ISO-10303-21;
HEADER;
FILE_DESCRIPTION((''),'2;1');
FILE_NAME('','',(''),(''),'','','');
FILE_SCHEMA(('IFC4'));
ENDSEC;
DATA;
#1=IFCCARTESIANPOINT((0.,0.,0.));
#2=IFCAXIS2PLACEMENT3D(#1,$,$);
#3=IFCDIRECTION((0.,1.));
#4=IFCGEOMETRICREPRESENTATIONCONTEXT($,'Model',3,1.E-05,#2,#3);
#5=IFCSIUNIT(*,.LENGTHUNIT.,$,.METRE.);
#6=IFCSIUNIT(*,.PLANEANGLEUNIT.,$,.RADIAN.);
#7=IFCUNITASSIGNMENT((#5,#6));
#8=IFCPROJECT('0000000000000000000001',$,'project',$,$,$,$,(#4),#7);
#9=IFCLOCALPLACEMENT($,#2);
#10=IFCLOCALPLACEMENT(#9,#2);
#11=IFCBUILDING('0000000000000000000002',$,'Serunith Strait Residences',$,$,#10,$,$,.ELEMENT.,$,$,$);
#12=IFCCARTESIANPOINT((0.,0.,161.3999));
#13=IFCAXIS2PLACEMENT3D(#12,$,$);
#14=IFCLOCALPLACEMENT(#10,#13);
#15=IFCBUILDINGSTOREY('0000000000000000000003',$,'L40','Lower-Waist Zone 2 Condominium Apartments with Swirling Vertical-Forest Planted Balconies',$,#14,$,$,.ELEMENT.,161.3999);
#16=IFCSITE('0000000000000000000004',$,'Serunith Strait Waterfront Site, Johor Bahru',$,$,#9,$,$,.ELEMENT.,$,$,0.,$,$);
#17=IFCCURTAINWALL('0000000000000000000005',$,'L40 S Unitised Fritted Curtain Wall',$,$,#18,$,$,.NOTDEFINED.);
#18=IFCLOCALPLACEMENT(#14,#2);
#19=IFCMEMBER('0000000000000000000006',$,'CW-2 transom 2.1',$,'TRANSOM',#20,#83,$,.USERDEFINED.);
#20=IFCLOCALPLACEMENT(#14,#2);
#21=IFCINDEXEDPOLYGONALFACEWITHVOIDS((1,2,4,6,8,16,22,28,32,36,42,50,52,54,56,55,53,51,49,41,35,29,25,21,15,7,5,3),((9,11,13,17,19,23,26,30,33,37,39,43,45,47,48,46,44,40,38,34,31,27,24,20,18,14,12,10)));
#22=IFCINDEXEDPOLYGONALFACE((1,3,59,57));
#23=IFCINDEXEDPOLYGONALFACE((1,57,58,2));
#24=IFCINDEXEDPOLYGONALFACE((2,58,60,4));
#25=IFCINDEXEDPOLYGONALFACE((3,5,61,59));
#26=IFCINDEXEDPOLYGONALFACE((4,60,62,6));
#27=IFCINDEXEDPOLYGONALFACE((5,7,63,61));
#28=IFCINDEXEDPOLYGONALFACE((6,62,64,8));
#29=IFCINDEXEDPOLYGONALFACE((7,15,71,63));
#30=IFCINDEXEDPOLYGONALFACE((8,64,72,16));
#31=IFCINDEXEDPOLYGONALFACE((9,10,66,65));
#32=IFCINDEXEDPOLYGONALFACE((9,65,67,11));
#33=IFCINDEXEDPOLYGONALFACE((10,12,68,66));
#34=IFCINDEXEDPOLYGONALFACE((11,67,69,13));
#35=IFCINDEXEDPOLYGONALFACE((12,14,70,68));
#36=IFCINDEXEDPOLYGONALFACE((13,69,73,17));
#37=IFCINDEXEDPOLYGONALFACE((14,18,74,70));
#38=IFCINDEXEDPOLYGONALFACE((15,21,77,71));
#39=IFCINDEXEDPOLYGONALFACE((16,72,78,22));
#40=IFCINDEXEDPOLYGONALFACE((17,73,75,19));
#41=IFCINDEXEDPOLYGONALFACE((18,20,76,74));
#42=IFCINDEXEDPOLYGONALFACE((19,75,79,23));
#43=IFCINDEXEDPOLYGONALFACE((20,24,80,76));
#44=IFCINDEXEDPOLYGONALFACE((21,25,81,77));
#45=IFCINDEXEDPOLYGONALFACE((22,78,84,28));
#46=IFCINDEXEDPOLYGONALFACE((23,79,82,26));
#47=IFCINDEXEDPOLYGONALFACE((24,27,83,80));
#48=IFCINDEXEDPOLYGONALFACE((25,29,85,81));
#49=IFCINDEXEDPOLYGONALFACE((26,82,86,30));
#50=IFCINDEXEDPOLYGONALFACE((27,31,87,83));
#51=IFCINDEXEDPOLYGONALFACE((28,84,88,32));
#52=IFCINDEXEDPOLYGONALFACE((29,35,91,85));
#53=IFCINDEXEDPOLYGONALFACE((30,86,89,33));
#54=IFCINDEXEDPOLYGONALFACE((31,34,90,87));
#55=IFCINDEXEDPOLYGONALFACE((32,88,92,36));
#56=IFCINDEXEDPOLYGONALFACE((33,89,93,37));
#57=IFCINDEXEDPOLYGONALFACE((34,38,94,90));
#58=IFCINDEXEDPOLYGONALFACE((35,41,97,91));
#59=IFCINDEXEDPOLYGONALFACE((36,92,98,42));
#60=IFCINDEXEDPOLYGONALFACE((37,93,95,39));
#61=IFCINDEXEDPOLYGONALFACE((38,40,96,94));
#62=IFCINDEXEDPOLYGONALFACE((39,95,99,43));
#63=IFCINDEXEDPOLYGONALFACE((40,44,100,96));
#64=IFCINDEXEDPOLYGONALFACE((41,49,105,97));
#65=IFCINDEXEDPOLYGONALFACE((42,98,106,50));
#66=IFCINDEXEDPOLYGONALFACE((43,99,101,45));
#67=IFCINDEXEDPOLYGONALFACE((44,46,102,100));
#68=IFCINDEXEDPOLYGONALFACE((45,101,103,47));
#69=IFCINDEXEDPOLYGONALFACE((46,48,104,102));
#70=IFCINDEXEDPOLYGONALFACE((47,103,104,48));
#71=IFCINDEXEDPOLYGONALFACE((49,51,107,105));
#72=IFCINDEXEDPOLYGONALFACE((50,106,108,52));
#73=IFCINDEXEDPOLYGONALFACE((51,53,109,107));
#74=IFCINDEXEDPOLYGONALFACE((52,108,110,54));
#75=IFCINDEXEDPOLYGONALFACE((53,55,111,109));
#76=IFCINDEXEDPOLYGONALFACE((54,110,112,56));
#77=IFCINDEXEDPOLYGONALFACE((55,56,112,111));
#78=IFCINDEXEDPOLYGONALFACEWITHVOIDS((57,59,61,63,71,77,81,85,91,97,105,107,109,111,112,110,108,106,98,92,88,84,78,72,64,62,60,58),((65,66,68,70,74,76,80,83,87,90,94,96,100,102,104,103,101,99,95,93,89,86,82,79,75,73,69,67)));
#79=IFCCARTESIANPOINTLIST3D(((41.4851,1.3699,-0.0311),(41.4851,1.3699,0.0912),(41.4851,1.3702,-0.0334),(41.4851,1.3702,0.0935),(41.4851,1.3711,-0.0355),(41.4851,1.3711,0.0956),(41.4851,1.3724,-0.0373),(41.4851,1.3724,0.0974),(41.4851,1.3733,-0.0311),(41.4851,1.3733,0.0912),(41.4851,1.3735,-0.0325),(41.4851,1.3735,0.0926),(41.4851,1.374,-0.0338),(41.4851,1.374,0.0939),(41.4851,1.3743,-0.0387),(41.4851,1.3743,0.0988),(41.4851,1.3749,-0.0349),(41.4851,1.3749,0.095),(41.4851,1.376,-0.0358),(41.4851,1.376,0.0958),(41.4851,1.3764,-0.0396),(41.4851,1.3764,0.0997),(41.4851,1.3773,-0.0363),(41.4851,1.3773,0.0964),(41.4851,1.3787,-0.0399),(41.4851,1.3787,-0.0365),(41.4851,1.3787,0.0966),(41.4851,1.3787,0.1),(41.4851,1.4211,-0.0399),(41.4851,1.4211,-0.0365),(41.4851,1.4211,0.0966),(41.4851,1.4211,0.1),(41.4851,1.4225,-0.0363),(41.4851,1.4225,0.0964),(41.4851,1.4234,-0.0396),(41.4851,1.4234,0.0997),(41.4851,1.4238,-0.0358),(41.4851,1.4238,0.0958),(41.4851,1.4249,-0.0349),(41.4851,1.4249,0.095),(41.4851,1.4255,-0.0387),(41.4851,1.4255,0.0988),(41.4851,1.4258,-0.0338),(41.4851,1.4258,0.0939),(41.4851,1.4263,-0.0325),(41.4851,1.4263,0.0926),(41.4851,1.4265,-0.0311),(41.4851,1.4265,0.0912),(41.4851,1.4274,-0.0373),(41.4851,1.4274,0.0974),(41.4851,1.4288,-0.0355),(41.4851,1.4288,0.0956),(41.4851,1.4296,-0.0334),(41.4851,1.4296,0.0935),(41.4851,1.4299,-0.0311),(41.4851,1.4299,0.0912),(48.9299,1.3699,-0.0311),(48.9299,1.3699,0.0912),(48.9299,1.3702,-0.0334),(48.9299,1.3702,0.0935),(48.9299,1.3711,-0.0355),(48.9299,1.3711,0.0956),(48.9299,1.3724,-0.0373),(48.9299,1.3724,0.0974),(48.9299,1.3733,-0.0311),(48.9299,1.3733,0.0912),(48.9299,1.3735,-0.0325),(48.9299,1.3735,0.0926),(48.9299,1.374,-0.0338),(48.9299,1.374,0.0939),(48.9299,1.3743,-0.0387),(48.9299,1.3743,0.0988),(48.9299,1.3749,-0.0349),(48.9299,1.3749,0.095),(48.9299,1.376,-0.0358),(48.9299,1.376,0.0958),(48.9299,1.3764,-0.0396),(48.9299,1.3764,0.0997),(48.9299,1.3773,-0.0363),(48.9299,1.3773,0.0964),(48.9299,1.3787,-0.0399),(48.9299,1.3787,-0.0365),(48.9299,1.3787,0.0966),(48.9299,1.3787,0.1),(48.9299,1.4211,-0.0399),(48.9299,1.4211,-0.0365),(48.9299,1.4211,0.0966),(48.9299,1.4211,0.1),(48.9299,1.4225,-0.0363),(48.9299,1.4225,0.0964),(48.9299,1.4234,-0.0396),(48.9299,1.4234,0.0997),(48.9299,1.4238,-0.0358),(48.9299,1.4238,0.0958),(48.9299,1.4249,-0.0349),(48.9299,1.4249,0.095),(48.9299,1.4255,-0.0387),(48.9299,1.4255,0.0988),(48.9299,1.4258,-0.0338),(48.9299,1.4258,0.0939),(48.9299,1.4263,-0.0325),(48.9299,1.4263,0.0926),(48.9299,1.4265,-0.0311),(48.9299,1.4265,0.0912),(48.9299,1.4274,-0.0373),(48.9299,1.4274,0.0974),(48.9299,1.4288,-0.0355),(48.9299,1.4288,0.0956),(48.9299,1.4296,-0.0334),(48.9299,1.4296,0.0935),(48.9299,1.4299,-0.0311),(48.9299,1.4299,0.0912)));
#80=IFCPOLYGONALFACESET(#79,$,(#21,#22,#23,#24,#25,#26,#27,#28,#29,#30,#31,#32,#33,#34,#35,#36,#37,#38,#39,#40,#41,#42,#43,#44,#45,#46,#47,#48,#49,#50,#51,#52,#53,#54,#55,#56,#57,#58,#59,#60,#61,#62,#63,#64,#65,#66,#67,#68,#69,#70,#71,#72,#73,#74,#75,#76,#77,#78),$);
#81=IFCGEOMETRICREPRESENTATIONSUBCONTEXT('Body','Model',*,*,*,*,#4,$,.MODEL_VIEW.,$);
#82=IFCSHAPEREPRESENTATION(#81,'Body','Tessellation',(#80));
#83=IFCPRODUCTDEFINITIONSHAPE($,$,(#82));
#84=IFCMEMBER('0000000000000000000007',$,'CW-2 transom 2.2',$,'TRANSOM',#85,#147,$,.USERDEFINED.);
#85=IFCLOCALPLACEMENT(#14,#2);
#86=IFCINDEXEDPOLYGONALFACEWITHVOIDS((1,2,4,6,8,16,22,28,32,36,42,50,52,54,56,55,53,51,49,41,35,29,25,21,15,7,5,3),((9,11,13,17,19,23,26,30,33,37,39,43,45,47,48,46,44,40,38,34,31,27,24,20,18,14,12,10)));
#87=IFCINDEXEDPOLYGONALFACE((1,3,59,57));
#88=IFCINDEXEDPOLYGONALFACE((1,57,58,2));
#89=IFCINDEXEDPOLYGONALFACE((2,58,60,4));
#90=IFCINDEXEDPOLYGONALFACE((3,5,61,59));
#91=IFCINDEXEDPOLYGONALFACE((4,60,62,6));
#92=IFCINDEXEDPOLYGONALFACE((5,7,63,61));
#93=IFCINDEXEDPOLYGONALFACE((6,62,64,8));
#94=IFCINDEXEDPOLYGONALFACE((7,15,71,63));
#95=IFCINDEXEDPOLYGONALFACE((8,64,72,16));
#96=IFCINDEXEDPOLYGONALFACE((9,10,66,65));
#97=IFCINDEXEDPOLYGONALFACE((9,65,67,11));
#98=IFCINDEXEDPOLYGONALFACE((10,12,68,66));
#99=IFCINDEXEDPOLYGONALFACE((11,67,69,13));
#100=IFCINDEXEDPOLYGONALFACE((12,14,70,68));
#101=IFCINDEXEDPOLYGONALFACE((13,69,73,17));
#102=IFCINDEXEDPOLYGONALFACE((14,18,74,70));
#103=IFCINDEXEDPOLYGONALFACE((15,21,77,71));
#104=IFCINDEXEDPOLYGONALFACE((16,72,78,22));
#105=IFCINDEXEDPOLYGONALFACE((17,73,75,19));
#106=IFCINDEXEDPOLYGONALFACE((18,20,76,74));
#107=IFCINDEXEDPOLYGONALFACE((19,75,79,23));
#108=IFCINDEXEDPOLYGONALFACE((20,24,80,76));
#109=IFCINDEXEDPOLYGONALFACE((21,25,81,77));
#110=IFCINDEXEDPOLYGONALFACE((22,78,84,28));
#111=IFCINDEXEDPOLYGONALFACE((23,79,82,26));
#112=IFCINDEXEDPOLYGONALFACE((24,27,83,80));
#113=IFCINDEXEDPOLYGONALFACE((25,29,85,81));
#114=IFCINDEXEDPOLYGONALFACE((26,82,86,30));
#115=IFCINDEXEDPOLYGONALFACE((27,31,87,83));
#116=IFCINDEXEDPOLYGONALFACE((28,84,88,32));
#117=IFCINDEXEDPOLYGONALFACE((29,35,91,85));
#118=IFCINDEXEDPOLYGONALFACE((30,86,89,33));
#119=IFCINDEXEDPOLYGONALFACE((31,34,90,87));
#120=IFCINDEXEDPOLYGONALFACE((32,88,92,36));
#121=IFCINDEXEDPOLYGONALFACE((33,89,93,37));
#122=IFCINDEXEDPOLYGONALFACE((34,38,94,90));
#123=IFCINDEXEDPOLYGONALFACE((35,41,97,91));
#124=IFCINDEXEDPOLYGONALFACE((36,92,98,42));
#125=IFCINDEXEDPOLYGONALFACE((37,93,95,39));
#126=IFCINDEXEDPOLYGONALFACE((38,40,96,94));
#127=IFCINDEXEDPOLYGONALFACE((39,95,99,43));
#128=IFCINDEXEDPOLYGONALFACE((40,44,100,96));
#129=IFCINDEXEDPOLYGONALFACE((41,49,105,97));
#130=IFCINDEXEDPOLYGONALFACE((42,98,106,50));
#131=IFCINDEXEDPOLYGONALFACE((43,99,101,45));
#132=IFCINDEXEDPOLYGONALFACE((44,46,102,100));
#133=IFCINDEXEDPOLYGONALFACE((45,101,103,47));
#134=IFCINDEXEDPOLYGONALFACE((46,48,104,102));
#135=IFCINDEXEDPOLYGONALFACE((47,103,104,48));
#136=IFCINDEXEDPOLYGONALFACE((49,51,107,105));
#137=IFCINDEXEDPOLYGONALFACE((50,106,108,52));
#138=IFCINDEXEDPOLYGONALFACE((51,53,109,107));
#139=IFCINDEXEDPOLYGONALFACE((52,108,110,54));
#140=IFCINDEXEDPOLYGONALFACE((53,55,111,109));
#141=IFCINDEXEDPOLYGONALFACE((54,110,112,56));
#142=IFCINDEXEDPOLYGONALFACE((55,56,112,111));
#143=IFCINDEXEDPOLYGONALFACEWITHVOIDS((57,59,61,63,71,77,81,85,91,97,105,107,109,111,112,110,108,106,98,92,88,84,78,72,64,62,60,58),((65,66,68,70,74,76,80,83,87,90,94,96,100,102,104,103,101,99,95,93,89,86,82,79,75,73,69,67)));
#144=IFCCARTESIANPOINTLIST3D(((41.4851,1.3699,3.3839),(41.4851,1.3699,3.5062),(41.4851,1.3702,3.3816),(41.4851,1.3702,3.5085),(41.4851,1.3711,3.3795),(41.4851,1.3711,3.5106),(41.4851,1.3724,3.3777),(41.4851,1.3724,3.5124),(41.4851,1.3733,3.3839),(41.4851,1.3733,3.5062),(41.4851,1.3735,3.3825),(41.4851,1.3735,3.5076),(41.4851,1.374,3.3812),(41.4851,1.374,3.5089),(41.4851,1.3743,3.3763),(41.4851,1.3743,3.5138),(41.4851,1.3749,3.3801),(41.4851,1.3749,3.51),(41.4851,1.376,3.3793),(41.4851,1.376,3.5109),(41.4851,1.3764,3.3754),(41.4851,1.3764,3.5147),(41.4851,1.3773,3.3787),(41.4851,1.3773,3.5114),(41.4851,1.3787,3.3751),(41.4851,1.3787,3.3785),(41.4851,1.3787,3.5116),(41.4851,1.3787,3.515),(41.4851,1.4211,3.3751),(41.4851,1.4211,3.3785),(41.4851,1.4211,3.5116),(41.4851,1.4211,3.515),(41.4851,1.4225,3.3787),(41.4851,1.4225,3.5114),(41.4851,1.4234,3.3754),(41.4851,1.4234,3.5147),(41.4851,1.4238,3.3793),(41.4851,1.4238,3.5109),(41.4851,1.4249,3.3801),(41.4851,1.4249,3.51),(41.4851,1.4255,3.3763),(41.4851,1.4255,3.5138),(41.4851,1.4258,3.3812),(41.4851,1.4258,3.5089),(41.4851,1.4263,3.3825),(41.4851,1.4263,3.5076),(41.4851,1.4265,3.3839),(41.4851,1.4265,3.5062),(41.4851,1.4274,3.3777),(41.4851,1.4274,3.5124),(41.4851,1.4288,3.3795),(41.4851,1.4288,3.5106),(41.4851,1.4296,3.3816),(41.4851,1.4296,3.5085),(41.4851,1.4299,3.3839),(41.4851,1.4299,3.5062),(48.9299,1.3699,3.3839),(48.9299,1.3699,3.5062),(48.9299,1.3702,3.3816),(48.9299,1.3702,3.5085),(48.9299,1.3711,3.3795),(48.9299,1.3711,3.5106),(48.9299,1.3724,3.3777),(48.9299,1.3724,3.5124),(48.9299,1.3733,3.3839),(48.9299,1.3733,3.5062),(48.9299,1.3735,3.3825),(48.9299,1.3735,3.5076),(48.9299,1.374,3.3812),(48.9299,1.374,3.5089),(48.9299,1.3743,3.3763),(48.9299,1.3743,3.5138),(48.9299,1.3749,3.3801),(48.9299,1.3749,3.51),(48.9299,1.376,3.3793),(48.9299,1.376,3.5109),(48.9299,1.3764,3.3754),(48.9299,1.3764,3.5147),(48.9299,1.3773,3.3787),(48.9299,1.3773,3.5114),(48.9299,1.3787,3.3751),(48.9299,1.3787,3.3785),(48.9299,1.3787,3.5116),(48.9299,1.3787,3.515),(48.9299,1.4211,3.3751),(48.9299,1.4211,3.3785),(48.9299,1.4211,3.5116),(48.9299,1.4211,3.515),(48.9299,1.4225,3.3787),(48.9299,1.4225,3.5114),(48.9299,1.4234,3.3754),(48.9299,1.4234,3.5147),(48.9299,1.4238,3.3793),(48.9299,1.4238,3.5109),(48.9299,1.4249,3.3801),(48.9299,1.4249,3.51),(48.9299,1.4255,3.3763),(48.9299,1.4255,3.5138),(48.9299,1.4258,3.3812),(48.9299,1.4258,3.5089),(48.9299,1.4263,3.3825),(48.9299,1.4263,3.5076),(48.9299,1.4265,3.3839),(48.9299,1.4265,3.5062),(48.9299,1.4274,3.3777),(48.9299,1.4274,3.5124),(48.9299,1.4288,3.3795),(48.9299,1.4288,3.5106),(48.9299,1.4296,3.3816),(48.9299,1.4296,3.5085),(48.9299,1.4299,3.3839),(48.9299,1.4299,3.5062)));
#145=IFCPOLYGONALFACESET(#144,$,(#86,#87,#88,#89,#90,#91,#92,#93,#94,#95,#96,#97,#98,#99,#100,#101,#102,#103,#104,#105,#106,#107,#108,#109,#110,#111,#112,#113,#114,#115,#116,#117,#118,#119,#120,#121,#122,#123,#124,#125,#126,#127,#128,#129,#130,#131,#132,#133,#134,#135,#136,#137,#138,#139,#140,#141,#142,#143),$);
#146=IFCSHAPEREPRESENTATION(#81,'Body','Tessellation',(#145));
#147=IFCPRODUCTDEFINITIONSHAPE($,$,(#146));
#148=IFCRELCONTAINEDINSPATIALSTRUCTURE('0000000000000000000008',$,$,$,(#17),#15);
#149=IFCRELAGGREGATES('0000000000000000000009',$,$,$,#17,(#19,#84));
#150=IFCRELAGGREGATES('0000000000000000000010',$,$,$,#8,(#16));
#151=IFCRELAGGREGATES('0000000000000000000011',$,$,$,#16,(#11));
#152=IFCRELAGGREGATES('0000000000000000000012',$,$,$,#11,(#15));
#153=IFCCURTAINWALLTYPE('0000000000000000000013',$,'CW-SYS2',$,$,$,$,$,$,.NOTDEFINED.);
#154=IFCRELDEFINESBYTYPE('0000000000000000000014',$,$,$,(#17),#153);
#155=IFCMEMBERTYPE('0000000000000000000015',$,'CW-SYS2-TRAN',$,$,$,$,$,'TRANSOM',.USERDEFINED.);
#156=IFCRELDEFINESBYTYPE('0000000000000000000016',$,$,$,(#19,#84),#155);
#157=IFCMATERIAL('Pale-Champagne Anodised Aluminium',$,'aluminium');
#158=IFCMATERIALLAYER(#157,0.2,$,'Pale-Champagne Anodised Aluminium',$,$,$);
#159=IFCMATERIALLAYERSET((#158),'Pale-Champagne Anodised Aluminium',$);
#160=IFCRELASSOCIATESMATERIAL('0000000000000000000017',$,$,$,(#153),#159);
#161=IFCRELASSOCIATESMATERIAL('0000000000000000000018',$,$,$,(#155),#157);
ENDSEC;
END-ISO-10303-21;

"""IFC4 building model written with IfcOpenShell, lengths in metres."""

from ifc_helpers import new_model, si_unit, direction, frame, origin, origin_2d, place, context, subcontext, project, spatial, hollow_rectangle, extrude, source, transform, mapped, material, layer, layer_set, material_profile, profile_set, type_object, element, aggregate, save


model = new_model("IFC4")

# Units and contexts
model_context = context("Model", 3, precision=1e-05, world=origin(), true_north=direction((0.0, 1.0)))
body_context = subcontext(model_context, "Body", "Model", "MODEL_VIEW")
ifc_project = project(units=[si_unit("LENGTHUNIT", "METRE"), si_unit("PLANEANGLEUNIT", "RADIAN")], contexts=[model_context])

# Site, building, storey
site_placement = place(None, origin())
site = spatial("IfcSite", under=ifc_project, at=site_placement, Name="Serunith Strait Waterfront Site, Johor Bahru", CompositionType="ELEMENT", RefElevation=0.0)
building_placement = place(site_placement, origin())
building = spatial("IfcBuilding", under=site, at=building_placement, Name="Serunith Strait Residences", CompositionType="ELEMENT")
storey_placement = place(building_placement, frame((0.0, 0.0, 161.3999)))
storey = spatial("IfcBuildingStorey", under=building, at=storey_placement, Name="L40", Description="Lower-Waist Zone 2 Condominium Apartments with Swirling Vertical-Forest Planted Balconies", CompositionType="ELEMENT", Elevation=161.3999)

# Curtain wall, members
ifc_material_1 = material(Name="Pale-Champagne Anodised Aluminium", Category="aluminium")
ifc_layer_1 = layer(ifc_material_1, 0.2, Name="Pale-Champagne Anodised Aluminium")
ifc_layer_set_1 = layer_set([ifc_layer_1], Name="Pale-Champagne Anodised Aluminium")
curtain_wall_type = type_object("IfcCurtainWallType", Name="CW-SYS2", PredefinedType="NOTDEFINED", material=ifc_layer_set_1)
curtain_wall_placement = place(storey_placement, origin())
curtain_wall = element("IfcCurtainWall", 1, at=curtain_wall_placement, inside=storey, type_object=curtain_wall_type, Name="L40 S Unitised Fritted Curtain Wall", PredefinedType="NOTDEFINED")
ifc_material_profile_1 = material_profile(ifc_material_1, hollow_rectangle(XDim=0.0601, YDim=0.1399, WallThickness=0.0034, InnerFilletRadius=0.0054, OuterFilletRadius=0.0088, at=origin_2d()), Name="ALU 140x60x3.5")
ifc_profile_set_1 = profile_set([ifc_material_profile_1], Name="Pale-Champagne Anodised Aluminium")
member_type_1 = type_object("IfcMemberType", Name="CW-SYS2-TRAN", ElementType="TRANSOM", PredefinedType="USERDEFINED", material=ifc_profile_set_1)
shared_shape_1 = source(origin(), body_context, "Body", "SweptSolid", [
    extrude(hollow_rectangle(XDim=0.0601, YDim=0.1399, WallThickness=0.0034, InnerFilletRadius=0.0054, OuterFilletRadius=0.0088, at=origin_2d()), origin(), (0.0, 0.0, 1.0), 7.4448),
])
member_1_placement = place(storey_placement, frame((41.4851, 1.3999, 0.03), z_axis=(1.0, 0.0, 0.0), x_axis=(0.0, 1.0, 0.0)))
member_1 = element("IfcMember", 2, at=member_1_placement, type_object=member_type_1, Name="CW-2 transom 2.1", ObjectType="TRANSOM", PredefinedType="USERDEFINED", context=body_context, shape_type="MappedRepresentation", body=[
    mapped(shared_shape_1, transform((0.0, 0.0, 0.0), scale=1.0)),
])
member_2_placement = place(storey_placement, frame((41.4851, 1.3999, 3.4451), z_axis=(1.0, 0.0, 0.0), x_axis=(0.0, 1.0, 0.0)))
member_2 = element("IfcMember", 3, at=member_2_placement, type_object=member_type_1, Name="CW-2 transom 2.2", ObjectType="TRANSOM", PredefinedType="USERDEFINED", context=body_context, shape_type="MappedRepresentation", body=[
    mapped(shared_shape_1, transform((0.0, 0.0, 0.0), scale=1.0)),
])
aggregate(curtain_wall, [member_1, member_2])

save(model, "model.ifc")
